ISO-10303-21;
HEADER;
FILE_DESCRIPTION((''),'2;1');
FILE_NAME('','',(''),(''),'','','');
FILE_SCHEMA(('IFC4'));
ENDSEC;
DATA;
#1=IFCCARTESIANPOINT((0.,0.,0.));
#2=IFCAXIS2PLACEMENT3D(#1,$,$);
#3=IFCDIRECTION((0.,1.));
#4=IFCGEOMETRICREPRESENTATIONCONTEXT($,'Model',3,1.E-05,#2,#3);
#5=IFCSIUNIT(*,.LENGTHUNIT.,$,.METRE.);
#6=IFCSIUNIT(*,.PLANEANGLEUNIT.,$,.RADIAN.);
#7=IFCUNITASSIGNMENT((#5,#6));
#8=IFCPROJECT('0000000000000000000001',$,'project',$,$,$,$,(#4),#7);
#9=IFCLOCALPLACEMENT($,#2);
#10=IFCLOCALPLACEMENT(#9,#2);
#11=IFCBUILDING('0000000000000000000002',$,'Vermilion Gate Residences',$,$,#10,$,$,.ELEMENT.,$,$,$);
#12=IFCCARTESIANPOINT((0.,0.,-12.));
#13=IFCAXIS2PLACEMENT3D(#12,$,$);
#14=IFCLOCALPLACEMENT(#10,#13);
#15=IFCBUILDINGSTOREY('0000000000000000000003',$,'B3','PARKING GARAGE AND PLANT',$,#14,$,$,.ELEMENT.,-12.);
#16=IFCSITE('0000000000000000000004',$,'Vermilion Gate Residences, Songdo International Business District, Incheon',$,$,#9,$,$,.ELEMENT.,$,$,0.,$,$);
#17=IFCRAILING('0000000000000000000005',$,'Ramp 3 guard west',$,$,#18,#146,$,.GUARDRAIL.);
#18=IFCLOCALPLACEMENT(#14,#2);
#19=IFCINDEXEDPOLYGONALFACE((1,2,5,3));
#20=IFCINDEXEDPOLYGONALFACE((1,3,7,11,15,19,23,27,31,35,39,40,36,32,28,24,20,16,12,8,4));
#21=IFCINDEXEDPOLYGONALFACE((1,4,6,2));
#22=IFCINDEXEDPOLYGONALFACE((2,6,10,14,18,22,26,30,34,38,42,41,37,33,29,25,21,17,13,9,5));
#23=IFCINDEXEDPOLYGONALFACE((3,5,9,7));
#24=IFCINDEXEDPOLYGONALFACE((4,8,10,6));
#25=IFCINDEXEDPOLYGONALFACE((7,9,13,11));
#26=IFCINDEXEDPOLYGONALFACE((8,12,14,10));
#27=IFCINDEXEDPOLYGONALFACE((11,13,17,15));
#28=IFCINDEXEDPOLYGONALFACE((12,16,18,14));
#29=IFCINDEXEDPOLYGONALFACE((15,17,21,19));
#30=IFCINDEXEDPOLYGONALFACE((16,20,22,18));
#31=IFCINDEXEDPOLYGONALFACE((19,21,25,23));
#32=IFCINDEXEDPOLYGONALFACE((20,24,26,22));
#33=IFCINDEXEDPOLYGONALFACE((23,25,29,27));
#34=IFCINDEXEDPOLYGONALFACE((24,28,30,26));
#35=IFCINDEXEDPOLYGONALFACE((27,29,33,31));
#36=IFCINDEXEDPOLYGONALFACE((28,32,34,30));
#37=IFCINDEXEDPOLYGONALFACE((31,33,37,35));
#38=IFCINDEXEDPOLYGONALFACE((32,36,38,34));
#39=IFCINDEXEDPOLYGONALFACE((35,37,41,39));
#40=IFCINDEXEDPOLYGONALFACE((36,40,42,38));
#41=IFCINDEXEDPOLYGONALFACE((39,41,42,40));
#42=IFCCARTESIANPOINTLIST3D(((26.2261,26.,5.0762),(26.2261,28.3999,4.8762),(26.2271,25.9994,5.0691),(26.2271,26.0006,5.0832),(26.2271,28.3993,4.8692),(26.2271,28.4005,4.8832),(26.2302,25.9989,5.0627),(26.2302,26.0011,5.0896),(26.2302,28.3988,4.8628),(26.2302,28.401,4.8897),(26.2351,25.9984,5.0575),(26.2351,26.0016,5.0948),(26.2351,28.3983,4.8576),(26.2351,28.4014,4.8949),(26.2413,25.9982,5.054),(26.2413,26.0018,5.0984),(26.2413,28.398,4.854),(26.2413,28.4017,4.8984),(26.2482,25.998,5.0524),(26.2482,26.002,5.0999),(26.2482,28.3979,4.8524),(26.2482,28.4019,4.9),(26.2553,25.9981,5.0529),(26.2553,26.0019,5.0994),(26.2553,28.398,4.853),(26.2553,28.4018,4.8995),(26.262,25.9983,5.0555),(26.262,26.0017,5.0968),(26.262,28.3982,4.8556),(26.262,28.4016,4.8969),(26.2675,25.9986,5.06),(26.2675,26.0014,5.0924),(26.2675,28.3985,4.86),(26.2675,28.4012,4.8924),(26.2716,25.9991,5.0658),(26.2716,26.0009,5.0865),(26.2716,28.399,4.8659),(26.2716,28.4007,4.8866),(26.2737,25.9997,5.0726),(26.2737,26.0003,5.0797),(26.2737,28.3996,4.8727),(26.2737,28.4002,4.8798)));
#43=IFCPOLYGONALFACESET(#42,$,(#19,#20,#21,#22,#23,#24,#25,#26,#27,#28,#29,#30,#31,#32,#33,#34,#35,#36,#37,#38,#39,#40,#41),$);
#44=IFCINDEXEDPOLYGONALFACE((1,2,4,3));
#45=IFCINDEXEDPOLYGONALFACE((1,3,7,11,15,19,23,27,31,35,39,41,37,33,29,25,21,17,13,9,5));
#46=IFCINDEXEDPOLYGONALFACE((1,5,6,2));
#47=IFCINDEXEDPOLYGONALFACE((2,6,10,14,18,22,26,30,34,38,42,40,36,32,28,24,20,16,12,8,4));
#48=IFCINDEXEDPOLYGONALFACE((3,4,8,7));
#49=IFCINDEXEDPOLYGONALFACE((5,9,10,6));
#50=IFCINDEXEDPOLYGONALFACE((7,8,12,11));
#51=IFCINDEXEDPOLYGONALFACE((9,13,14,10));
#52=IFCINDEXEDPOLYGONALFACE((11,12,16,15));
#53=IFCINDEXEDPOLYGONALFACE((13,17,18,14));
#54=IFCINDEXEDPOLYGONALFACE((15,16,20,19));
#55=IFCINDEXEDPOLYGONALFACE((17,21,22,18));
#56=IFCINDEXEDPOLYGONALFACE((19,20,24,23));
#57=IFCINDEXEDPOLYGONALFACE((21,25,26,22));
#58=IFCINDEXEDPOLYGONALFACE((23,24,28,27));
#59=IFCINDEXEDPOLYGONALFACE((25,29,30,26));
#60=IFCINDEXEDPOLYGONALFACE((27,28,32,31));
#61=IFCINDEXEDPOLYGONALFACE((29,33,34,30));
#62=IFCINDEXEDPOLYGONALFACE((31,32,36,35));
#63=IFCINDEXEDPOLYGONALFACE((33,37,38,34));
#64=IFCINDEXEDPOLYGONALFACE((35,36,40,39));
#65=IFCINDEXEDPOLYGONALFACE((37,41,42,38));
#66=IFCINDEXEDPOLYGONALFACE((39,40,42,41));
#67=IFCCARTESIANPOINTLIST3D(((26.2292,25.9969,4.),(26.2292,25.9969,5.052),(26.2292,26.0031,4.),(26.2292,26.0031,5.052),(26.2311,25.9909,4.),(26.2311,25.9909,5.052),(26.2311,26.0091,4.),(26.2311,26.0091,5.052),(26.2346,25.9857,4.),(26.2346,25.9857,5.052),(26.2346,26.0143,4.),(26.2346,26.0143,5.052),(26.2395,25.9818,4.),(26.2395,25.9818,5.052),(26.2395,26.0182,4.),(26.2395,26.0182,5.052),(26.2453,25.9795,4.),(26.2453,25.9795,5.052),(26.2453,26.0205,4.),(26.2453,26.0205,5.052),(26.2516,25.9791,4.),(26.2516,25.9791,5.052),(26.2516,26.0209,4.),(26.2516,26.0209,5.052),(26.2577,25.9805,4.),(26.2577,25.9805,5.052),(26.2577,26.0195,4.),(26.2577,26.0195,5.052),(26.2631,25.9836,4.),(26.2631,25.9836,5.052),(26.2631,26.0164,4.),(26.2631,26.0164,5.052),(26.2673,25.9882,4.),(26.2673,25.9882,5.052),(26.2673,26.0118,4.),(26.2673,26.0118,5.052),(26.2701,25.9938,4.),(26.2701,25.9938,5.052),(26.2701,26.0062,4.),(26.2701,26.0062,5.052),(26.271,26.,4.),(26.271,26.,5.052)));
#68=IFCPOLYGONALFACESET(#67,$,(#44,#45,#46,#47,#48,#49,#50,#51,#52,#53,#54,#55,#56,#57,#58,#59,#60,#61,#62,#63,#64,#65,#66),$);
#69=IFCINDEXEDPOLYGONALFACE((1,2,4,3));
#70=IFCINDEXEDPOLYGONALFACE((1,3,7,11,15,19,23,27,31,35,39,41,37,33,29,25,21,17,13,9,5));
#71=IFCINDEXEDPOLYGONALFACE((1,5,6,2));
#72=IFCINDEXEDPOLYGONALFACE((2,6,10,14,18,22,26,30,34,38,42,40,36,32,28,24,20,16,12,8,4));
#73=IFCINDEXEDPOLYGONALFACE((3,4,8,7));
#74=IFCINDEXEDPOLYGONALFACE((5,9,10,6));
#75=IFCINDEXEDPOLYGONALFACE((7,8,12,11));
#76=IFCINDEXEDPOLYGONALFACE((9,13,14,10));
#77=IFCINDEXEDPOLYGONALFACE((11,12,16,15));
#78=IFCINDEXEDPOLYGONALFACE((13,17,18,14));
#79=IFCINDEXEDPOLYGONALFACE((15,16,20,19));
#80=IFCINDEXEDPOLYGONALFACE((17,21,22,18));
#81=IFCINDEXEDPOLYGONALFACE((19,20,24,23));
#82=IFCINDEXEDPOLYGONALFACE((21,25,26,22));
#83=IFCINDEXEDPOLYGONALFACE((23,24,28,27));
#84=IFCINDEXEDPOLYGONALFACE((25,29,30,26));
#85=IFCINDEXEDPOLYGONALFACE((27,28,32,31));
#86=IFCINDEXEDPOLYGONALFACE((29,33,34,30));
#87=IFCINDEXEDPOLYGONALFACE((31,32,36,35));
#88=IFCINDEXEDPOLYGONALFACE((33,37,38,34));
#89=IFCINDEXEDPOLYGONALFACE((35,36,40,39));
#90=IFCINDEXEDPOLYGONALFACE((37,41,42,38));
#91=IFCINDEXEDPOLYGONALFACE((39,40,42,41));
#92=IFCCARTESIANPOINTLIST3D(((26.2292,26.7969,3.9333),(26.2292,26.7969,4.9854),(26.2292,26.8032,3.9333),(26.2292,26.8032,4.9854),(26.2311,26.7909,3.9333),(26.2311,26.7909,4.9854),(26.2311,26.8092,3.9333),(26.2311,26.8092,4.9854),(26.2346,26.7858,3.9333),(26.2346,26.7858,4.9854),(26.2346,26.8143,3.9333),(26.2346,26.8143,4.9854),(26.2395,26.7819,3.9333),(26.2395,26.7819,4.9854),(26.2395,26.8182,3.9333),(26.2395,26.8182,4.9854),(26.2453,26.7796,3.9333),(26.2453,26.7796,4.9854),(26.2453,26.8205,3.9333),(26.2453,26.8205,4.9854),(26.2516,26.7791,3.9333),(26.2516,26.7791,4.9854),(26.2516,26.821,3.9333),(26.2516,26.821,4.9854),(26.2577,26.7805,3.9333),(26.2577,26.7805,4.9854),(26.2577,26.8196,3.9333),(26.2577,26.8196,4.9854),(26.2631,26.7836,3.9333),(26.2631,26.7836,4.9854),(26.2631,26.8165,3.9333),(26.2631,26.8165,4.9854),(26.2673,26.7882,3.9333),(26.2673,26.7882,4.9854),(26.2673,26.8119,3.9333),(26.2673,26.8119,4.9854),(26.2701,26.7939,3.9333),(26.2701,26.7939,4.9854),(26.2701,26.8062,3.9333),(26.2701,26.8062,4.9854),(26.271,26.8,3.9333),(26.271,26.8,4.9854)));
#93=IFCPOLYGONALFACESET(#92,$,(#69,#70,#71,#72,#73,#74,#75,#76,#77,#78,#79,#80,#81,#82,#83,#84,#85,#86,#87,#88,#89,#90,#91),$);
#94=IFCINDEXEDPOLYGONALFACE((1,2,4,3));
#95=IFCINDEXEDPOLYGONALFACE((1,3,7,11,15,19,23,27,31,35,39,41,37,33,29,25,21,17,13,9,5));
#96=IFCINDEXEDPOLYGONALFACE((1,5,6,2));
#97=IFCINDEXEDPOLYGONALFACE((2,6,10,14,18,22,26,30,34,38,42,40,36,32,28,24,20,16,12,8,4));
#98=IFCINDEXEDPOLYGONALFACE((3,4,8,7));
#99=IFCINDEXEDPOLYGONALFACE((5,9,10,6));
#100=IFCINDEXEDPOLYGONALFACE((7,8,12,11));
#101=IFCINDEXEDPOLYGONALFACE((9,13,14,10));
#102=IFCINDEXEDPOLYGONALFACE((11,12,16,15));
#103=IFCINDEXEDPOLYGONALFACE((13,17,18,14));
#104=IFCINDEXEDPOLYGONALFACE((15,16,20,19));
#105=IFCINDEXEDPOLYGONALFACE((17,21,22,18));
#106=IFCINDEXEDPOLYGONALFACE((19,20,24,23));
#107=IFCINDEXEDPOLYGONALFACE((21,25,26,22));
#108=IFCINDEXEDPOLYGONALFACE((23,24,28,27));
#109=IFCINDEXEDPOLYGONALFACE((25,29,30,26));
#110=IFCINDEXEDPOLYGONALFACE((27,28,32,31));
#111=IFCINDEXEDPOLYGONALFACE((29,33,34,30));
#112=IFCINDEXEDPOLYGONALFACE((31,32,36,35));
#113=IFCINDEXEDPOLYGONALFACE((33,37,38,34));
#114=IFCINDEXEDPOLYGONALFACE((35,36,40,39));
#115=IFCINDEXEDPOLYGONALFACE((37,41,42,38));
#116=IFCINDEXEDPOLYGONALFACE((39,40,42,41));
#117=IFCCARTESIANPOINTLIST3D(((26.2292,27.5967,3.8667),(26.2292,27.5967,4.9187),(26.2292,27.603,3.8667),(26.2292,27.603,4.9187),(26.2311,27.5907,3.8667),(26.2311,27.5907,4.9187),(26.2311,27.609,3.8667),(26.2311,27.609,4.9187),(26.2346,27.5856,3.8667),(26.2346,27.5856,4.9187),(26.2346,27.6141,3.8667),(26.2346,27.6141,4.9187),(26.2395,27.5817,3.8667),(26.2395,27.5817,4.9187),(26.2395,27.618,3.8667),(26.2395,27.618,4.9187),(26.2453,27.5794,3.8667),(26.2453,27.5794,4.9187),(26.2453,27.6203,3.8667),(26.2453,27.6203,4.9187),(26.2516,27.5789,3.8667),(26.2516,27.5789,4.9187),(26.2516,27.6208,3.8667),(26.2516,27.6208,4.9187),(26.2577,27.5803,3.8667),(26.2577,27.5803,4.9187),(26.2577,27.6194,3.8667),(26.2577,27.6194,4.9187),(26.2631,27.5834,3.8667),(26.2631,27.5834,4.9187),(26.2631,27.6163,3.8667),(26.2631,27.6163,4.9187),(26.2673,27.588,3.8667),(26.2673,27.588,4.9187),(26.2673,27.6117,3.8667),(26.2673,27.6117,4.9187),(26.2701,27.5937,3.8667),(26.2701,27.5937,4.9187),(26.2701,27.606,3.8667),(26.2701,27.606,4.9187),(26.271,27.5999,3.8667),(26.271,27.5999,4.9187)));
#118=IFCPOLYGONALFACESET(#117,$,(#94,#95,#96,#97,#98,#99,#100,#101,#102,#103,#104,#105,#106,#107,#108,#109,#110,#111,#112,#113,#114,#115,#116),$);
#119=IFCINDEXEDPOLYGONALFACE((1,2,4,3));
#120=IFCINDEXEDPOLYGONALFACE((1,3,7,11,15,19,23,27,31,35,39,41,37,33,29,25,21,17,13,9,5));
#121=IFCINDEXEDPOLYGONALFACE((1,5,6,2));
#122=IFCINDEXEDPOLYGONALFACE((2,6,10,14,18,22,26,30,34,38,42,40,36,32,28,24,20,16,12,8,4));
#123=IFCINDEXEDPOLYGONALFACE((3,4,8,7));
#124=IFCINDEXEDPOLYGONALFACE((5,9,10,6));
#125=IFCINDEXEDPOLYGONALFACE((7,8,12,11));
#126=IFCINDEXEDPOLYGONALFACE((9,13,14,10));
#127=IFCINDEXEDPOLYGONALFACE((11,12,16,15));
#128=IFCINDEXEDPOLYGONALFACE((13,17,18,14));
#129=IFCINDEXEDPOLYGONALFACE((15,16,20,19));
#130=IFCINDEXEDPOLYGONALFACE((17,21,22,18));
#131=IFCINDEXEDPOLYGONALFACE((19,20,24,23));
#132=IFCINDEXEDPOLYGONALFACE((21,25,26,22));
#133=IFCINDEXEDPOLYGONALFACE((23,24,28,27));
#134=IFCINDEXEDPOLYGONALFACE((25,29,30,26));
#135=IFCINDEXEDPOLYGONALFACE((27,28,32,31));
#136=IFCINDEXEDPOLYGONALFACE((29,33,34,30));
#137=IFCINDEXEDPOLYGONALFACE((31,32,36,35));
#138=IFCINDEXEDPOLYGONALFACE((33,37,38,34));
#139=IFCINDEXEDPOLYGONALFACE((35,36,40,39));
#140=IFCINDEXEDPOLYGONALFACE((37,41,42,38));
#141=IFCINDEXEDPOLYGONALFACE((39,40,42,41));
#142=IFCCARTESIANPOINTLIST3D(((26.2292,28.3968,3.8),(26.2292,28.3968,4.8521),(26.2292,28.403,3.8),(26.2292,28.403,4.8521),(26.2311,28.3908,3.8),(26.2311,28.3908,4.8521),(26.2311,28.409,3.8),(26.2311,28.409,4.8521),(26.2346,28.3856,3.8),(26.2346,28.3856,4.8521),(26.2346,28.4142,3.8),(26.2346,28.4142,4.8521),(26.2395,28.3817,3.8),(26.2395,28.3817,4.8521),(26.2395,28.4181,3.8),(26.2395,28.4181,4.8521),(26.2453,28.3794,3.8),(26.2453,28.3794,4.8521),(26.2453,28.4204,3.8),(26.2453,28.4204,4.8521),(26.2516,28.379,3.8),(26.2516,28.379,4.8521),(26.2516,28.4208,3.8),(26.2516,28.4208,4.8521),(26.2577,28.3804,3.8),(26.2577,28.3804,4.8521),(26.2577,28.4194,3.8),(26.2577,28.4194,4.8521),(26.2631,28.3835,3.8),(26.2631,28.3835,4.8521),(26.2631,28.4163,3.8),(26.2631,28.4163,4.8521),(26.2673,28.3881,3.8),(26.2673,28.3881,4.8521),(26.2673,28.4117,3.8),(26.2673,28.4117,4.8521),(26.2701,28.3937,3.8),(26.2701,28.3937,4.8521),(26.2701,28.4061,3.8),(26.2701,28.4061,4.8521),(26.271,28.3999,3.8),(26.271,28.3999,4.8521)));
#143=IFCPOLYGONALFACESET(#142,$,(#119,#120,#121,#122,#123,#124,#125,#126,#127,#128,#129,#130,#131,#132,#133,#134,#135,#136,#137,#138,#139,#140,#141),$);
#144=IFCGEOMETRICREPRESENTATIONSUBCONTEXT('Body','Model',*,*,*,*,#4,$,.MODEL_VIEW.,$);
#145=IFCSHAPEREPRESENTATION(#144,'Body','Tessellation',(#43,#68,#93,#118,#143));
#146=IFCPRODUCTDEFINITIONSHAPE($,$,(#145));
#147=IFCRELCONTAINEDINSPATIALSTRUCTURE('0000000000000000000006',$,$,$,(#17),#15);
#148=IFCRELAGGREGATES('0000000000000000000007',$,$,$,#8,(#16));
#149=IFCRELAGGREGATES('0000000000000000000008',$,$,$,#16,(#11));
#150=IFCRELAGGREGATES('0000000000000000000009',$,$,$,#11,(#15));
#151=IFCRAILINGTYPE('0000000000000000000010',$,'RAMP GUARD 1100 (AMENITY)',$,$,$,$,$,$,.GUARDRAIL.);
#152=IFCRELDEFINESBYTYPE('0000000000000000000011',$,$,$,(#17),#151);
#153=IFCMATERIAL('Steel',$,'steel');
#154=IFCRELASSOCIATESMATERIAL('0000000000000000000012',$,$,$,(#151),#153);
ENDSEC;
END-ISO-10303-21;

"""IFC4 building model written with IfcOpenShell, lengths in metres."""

from ifc_helpers import new_model, si_unit, direction, frame, origin, origin_2d, place, context, subcontext, project, spatial, circle, extrude, material, type_object, element, save


model = new_model("IFC4")

# Units and contexts
model_context = context("Model", 3, precision=1e-05, world=origin(), true_north=direction((0.0, 1.0)))
body_context = subcontext(model_context, "Body", "Model", "MODEL_VIEW")
ifc_project = project(units=[si_unit("LENGTHUNIT", "METRE"), si_unit("PLANEANGLEUNIT", "RADIAN")], contexts=[model_context])

# Site, building, storey
site_placement = place(None, origin())
site = spatial("IfcSite", under=ifc_project, at=site_placement, Name="Vermilion Gate Residences, Songdo International Business District, Incheon", CompositionType="ELEMENT", RefElevation=0.0)
building_placement = place(site_placement, origin())
building = spatial("IfcBuilding", under=site, at=building_placement, Name="Vermilion Gate Residences", CompositionType="ELEMENT")
storey_placement = place(building_placement, frame((0.0, 0.0, -12.0)))
storey = spatial("IfcBuildingStorey", under=building, at=storey_placement, Name="B3", Description="PARKING GARAGE AND PLANT", CompositionType="ELEMENT", Elevation=-12.0)

# Railing
ifc_material_1 = material(Name="Steel", Category="steel")
railing_type = type_object("IfcRailingType", Name="RAMP GUARD 1100 (AMENITY)", PredefinedType="GUARDRAIL", material=ifc_material_1)
for number, where, name in (
    (1, (26.25, 26.0, 4.0), "Ramp 3 guard west"),
):
    element("IfcRailing", number, at=place(storey_placement, frame(where)), inside=storey, type_object=railing_type, Name=name, PredefinedType="GUARDRAIL", context=body_context, shape_type="SweptSolid", body=[
        extrude(circle(Radius=0.0239, at=origin_2d()), frame((0.0, 0.0, 1.0762), z_axis=(0.0, 0.996547, -0.083029), x_axis=(-1.0, 0.0, 0.0)), (0.0, 0.0, 1.0), 2.4082),
        extrude(circle(Radius=0.021, at=origin_2d()), origin(), (0.0, 0.0, 1.0), 1.052),
        extrude(circle(Radius=0.021, at=origin_2d()), frame((0.0, 0.8, -0.0667)), (0.0, 0.0, 1.0), 1.052),
        extrude(circle(Radius=0.021, at=origin_2d()), frame((0.0, 1.5999, -0.1333)), (0.0, 0.0, 1.0), 1.052),
        extrude(circle(Radius=0.021, at=origin_2d()), frame((0.0, 2.3999, -0.2)), (0.0, 0.0, 1.0), 1.052),
    ])

save(model, "model.ifc")
